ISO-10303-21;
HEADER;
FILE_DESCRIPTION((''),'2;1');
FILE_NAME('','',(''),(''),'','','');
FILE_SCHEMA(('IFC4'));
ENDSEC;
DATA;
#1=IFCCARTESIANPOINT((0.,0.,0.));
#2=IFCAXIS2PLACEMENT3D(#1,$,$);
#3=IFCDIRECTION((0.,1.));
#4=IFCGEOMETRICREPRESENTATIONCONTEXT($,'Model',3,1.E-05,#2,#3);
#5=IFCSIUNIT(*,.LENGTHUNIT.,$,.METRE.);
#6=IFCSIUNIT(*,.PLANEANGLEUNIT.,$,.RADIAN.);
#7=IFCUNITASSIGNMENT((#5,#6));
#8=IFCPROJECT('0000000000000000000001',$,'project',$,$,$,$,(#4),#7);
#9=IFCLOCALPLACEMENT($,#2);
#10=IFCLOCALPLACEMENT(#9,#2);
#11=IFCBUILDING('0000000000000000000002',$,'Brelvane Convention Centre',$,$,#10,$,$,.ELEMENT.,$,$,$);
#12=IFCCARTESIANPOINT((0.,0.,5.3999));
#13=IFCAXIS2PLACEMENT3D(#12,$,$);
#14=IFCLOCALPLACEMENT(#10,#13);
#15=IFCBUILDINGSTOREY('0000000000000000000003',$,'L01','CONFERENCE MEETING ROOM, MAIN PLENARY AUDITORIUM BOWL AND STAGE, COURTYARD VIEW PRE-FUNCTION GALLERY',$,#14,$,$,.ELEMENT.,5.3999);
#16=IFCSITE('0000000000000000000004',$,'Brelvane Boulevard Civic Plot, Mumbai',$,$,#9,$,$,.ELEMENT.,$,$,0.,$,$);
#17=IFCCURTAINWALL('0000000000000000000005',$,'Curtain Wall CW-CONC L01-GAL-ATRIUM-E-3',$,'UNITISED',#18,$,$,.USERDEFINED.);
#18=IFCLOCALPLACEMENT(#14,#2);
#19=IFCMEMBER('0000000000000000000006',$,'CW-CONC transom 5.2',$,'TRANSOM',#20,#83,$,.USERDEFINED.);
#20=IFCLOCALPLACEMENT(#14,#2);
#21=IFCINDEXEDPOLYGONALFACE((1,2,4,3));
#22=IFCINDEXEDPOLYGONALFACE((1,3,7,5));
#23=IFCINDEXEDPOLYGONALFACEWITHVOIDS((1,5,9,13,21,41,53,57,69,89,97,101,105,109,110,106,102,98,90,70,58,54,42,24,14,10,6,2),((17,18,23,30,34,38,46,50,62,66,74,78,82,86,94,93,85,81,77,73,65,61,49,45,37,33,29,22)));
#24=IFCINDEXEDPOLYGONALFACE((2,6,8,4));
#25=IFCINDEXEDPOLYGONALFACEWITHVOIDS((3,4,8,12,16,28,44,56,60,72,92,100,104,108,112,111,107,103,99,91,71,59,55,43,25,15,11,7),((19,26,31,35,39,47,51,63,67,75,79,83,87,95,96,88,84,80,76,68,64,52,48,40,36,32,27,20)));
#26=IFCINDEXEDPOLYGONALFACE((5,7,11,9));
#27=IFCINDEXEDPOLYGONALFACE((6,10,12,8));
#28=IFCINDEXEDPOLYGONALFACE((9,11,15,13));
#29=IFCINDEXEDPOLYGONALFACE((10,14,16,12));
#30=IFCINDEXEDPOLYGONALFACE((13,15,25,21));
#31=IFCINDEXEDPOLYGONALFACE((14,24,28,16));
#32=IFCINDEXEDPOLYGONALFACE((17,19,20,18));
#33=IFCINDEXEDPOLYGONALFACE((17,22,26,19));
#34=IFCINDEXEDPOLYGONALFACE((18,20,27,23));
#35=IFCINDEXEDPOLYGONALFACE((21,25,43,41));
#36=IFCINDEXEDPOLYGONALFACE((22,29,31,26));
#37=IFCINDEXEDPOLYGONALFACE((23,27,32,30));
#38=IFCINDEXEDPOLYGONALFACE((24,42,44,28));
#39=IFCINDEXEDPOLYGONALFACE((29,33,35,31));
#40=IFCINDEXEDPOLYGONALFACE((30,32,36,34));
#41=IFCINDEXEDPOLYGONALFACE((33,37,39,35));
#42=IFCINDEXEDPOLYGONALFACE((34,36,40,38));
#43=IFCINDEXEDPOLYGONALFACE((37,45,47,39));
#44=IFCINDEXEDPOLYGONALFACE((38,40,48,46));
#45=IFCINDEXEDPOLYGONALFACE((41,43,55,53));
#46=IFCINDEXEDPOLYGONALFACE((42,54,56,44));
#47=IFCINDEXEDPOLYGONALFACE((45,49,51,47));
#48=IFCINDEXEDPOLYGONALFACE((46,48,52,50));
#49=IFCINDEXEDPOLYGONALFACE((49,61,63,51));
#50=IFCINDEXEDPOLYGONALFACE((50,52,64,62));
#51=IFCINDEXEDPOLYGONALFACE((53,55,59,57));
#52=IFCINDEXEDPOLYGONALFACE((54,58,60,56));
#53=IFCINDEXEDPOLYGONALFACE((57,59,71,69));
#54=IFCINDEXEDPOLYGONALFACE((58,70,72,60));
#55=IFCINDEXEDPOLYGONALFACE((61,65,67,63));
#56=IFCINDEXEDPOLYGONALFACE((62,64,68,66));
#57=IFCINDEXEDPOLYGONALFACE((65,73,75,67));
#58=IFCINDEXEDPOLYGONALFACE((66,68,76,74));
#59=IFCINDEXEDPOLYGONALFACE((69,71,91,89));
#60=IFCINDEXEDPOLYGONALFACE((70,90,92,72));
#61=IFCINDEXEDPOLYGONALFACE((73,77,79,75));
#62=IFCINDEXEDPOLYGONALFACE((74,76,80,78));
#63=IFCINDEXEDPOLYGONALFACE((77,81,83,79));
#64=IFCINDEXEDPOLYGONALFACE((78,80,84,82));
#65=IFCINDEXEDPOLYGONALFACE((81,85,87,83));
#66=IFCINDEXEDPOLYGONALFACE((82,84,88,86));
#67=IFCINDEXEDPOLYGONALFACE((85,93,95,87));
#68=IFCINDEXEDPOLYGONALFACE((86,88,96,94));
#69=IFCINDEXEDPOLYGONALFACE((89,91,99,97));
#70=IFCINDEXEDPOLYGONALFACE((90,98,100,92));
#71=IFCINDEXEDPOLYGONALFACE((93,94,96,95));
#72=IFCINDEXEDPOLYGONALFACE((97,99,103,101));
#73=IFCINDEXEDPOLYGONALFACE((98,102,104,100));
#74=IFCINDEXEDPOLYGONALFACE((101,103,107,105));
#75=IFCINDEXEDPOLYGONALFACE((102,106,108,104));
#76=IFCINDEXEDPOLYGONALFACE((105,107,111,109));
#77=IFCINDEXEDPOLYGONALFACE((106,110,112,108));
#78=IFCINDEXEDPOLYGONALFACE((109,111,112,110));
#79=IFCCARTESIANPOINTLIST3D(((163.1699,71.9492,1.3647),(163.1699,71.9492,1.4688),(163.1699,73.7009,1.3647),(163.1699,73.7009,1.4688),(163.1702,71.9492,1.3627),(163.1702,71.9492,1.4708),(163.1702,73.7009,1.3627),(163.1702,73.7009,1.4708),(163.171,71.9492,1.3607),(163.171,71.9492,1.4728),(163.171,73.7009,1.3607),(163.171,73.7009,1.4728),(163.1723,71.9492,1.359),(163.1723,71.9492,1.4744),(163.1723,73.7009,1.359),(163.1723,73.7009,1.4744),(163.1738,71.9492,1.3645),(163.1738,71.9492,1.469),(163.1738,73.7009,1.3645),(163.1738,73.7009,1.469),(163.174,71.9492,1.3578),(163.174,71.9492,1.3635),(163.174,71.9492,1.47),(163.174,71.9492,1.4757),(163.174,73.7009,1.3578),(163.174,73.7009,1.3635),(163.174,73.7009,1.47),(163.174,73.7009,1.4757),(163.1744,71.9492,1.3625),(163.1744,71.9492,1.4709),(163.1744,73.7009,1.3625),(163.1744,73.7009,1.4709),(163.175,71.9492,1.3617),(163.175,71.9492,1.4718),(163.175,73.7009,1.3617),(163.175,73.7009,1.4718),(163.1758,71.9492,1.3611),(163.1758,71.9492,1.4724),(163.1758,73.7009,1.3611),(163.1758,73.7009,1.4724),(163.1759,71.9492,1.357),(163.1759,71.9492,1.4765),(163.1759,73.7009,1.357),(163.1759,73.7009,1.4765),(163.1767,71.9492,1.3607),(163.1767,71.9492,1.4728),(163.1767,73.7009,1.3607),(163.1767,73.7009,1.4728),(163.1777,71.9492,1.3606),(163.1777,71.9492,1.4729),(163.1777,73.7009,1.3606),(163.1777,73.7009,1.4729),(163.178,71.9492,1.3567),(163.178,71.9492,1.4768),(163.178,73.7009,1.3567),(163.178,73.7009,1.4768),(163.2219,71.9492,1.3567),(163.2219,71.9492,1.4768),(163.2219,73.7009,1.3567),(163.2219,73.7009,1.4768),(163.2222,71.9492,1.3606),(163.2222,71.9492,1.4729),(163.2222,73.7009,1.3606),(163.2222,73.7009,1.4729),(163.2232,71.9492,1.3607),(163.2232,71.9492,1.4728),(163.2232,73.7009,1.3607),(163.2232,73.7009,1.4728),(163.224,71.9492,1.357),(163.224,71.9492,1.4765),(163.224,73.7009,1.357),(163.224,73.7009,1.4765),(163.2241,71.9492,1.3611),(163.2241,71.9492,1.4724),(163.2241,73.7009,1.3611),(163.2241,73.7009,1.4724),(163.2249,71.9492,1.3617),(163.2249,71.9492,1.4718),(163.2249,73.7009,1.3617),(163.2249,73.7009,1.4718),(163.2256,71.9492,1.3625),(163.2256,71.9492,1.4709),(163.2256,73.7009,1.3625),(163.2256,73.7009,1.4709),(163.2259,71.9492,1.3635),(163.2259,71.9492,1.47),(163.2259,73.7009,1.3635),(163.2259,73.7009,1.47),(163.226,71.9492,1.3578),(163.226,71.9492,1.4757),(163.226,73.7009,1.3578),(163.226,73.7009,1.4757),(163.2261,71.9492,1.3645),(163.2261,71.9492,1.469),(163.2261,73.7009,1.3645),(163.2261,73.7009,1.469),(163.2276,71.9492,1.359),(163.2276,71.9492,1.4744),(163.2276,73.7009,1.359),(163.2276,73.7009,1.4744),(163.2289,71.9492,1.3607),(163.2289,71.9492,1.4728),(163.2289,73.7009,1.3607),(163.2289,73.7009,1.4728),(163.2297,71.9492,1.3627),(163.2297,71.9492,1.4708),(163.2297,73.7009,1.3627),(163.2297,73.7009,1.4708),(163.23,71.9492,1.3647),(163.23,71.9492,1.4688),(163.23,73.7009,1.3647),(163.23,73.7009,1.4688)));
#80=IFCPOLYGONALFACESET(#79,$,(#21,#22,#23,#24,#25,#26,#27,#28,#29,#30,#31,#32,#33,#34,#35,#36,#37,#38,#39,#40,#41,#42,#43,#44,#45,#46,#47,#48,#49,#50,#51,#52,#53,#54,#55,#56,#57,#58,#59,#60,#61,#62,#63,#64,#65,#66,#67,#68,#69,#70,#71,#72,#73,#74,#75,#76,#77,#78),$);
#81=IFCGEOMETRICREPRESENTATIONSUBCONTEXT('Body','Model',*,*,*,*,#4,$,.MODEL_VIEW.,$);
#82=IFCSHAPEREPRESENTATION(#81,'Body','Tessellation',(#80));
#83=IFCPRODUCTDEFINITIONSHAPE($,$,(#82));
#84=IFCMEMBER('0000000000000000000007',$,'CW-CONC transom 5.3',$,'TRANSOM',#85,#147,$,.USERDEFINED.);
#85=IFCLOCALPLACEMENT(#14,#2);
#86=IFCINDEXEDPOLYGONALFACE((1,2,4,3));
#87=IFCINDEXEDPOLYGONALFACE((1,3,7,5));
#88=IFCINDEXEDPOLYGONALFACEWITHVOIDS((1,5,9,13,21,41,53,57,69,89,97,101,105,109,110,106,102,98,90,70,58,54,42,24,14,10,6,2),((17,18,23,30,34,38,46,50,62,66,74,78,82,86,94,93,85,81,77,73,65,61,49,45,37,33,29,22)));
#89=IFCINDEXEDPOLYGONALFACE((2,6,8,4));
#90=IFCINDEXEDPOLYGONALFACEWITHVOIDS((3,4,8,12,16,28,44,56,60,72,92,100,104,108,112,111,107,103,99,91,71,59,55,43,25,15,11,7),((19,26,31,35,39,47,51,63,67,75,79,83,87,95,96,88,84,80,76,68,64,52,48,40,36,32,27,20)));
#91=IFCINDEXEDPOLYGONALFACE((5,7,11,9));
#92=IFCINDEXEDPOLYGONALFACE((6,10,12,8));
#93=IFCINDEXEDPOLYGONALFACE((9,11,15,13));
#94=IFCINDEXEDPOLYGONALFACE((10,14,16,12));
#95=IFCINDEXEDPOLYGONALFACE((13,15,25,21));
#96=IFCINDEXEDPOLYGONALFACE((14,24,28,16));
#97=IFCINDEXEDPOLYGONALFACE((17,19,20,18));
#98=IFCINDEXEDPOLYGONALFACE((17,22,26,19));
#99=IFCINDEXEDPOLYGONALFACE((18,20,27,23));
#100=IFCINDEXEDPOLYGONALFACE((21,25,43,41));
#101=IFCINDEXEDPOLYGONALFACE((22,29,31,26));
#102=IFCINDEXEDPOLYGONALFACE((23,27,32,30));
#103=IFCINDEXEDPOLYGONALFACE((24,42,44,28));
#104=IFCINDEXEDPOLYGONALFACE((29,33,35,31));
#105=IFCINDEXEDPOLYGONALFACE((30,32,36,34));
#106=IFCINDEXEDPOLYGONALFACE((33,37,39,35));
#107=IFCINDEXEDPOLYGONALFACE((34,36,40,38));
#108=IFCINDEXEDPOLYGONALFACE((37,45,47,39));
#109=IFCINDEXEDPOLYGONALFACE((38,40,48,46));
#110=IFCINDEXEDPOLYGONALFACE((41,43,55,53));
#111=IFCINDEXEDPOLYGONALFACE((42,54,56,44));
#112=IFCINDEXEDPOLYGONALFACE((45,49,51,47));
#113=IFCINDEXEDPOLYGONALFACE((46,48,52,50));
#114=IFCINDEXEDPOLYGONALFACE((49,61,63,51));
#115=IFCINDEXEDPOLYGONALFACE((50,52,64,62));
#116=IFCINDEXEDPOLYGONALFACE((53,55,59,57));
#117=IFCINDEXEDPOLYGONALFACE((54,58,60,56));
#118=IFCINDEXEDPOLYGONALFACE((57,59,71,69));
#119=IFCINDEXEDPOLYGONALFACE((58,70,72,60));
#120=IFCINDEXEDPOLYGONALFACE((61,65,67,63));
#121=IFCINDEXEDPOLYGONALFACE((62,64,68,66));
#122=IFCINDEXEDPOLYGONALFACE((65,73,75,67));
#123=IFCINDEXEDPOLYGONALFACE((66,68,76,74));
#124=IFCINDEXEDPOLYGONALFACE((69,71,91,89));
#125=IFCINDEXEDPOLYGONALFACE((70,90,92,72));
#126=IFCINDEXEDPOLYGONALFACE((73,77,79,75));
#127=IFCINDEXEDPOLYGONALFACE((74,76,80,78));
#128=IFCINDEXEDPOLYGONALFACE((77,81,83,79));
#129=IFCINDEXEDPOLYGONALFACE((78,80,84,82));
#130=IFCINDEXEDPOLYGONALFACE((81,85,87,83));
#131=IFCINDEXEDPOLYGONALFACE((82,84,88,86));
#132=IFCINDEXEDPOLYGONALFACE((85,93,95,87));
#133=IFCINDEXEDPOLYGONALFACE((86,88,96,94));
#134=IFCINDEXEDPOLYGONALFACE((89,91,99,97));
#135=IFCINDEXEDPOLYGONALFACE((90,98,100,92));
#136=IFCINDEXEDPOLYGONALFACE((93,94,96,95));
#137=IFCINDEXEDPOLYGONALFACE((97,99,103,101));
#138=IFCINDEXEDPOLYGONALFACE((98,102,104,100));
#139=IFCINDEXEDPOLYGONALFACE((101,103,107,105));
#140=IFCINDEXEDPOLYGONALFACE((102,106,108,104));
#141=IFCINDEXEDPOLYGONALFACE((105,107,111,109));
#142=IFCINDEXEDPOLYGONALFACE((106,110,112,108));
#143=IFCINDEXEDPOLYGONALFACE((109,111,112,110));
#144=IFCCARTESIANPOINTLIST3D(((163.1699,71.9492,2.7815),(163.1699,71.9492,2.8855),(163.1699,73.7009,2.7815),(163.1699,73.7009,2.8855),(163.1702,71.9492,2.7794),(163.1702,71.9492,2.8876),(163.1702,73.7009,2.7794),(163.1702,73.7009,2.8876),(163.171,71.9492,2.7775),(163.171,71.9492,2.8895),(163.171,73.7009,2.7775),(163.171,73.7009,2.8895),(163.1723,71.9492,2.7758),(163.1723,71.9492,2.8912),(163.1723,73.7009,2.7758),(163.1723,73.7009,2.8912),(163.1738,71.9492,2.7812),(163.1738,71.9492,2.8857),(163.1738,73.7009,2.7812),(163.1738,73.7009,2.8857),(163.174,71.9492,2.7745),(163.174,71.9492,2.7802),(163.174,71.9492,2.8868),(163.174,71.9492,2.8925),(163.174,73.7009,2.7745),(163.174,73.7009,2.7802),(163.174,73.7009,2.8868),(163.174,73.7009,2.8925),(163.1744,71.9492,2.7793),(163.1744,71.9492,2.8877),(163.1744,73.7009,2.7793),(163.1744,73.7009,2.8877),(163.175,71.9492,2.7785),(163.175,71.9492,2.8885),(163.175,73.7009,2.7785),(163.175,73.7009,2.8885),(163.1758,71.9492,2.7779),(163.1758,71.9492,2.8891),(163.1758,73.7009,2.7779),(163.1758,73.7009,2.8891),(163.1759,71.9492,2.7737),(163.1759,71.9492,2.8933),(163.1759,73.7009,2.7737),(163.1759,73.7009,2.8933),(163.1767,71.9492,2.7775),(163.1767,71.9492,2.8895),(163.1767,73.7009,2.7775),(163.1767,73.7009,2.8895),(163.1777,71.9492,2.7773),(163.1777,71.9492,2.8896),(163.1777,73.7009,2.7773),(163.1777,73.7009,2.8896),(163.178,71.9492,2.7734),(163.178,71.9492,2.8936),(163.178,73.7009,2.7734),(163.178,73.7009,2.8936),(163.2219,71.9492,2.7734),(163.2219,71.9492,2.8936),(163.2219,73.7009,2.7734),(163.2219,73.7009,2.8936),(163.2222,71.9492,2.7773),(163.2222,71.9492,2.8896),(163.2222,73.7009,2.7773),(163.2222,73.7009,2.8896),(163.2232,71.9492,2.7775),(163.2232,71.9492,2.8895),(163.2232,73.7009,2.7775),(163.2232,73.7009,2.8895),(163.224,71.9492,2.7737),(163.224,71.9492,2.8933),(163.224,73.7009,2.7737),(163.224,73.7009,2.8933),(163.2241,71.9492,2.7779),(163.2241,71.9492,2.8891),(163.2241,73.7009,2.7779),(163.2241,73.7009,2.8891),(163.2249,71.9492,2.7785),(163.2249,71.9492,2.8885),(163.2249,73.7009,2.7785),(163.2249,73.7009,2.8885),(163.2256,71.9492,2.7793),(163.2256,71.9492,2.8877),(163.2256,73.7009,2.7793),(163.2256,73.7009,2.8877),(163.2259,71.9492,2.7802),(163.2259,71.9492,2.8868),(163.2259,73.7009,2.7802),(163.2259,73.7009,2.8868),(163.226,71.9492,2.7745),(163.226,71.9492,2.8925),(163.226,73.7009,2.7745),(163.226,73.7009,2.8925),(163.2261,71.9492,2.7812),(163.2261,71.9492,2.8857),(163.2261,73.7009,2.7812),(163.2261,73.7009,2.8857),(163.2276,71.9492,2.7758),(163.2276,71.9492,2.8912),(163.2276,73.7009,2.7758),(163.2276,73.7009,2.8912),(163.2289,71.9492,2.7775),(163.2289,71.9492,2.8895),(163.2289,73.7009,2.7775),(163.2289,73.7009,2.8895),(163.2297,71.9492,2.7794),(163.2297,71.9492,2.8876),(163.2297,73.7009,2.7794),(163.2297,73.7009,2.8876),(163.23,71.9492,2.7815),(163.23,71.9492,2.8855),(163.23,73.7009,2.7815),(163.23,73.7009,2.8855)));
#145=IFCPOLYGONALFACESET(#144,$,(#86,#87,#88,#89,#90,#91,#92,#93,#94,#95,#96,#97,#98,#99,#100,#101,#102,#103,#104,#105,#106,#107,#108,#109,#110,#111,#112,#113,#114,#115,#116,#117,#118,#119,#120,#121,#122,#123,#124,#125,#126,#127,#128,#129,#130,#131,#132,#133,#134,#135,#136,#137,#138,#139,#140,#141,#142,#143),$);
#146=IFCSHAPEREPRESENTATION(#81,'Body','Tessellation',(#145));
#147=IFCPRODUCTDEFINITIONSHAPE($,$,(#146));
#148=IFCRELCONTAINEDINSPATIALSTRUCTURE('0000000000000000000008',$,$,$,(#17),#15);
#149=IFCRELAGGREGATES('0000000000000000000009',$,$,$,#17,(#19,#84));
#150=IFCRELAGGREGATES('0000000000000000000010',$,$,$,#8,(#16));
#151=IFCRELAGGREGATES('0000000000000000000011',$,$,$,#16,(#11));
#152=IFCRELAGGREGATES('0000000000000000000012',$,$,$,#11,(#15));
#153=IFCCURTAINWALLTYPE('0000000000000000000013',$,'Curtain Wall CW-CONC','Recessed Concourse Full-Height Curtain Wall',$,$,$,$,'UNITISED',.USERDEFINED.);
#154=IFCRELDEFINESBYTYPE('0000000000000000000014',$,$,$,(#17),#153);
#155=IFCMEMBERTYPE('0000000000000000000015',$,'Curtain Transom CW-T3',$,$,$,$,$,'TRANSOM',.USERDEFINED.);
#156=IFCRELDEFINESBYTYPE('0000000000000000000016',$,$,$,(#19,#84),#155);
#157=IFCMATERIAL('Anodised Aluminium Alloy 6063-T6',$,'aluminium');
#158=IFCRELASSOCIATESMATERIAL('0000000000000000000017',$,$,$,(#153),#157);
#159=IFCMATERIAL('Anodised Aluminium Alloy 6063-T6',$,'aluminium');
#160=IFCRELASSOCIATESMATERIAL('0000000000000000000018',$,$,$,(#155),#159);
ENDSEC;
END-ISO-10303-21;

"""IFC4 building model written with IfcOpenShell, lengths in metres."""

from ifc_helpers import new_model, si_unit, direction, frame, origin, origin_2d, place, context, subcontext, project, spatial, hollow_rectangle, extrude, material, material_profile, profile_set, type_object, element, aggregate, save


model = new_model("IFC4")

# Units and contexts
model_context = context("Model", 3, precision=1e-05, world=origin(), true_north=direction((0.0, 1.0)))
body_context = subcontext(model_context, "Body", "Model", "MODEL_VIEW")
ifc_project = project(units=[si_unit("LENGTHUNIT", "METRE"), si_unit("PLANEANGLEUNIT", "RADIAN")], contexts=[model_context])

# Site, building, storey
site_placement = place(None, origin())
site = spatial("IfcSite", under=ifc_project, at=site_placement, Name="Brelvane Boulevard Civic Plot, Mumbai", CompositionType="ELEMENT", RefElevation=0.0)
building_placement = place(site_placement, origin())
building = spatial("IfcBuilding", under=site, at=building_placement, Name="Brelvane Convention Centre", CompositionType="ELEMENT")
storey_placement = place(building_placement, frame((0.0, 0.0, 5.3999)))
storey = spatial("IfcBuildingStorey", under=building, at=storey_placement, Name="L01", Description="CONFERENCE MEETING ROOM, MAIN PLENARY AUDITORIUM BOWL AND STAGE, COURTYARD VIEW PRE-FUNCTION GALLERY", CompositionType="ELEMENT", Elevation=5.3999)

# Curtain wall, members
ifc_material_1 = material(Name="Anodised Aluminium Alloy 6063-T6", Category="aluminium")
curtain_wall_type = type_object("IfcCurtainWallType", Name="Curtain Wall CW-CONC", Description="Recessed Concourse Full-Height Curtain Wall", ElementType="UNITISED", PredefinedType="USERDEFINED", material=ifc_material_1)
curtain_wall_placement = place(storey_placement, origin())
curtain_wall = element("IfcCurtainWall", 1, at=curtain_wall_placement, inside=storey, type_object=curtain_wall_type, Name="Curtain Wall CW-CONC L01-GAL-ATRIUM-E-3", ObjectType="UNITISED", PredefinedType="USERDEFINED")
ifc_material_2 = material(Name="Anodised Aluminium Alloy 6063-T6", Category="aluminium")
ifc_material_profile_1 = material_profile(ifc_material_2, hollow_rectangle(XDim=0.0601, YDim=0.1201, WallThickness=0.0039, InnerFilletRadius=0.0039, OuterFilletRadius=0.0081, at=origin_2d()), Name="ALU-T 120x60x4.0")
ifc_profile_set_1 = profile_set([ifc_material_profile_1], Name="Anodised Aluminium Alloy 6063-T6")
member_type_1 = type_object("IfcMemberType", Name="Curtain Transom CW-T3", ElementType="TRANSOM", PredefinedType="USERDEFINED", material=ifc_profile_set_1)
member_1_placement = place(storey_placement, frame((163.2, 71.9492, 1.4167), z_axis=(0.0, 1.0, 0.0), x_axis=(-1.0, 0.0, 0.0)))
member_1 = element("IfcMember", 2, at=member_1_placement, type_object=member_type_1, Name="CW-CONC transom 5.2", ObjectType="TRANSOM", PredefinedType="USERDEFINED", context=body_context, shape_type="SweptSolid", body=[
    extrude(hollow_rectangle(XDim=0.0601, YDim=0.1201, WallThickness=0.0039, InnerFilletRadius=0.0039, OuterFilletRadius=0.0081, at=origin_2d()), origin(), (0.0, 0.0, 1.0), 1.7517),
])
member_2_placement = place(storey_placement, frame((163.2, 71.9492, 2.8335), z_axis=(0.0, 1.0, 0.0), x_axis=(-1.0, 0.0, 0.0)))
member_2 = element("IfcMember", 3, at=member_2_placement, type_object=member_type_1, Name="CW-CONC transom 5.3", ObjectType="TRANSOM", PredefinedType="USERDEFINED", context=body_context, shape_type="SweptSolid", body=[
    extrude(hollow_rectangle(XDim=0.0601, YDim=0.1201, WallThickness=0.0039, InnerFilletRadius=0.0039, OuterFilletRadius=0.0081, at=origin_2d()), origin(), (0.0, 0.0, 1.0), 1.7517),
])

aggregate(curtain_wall, [member_1, member_2])

save(model, "model.ifc")
